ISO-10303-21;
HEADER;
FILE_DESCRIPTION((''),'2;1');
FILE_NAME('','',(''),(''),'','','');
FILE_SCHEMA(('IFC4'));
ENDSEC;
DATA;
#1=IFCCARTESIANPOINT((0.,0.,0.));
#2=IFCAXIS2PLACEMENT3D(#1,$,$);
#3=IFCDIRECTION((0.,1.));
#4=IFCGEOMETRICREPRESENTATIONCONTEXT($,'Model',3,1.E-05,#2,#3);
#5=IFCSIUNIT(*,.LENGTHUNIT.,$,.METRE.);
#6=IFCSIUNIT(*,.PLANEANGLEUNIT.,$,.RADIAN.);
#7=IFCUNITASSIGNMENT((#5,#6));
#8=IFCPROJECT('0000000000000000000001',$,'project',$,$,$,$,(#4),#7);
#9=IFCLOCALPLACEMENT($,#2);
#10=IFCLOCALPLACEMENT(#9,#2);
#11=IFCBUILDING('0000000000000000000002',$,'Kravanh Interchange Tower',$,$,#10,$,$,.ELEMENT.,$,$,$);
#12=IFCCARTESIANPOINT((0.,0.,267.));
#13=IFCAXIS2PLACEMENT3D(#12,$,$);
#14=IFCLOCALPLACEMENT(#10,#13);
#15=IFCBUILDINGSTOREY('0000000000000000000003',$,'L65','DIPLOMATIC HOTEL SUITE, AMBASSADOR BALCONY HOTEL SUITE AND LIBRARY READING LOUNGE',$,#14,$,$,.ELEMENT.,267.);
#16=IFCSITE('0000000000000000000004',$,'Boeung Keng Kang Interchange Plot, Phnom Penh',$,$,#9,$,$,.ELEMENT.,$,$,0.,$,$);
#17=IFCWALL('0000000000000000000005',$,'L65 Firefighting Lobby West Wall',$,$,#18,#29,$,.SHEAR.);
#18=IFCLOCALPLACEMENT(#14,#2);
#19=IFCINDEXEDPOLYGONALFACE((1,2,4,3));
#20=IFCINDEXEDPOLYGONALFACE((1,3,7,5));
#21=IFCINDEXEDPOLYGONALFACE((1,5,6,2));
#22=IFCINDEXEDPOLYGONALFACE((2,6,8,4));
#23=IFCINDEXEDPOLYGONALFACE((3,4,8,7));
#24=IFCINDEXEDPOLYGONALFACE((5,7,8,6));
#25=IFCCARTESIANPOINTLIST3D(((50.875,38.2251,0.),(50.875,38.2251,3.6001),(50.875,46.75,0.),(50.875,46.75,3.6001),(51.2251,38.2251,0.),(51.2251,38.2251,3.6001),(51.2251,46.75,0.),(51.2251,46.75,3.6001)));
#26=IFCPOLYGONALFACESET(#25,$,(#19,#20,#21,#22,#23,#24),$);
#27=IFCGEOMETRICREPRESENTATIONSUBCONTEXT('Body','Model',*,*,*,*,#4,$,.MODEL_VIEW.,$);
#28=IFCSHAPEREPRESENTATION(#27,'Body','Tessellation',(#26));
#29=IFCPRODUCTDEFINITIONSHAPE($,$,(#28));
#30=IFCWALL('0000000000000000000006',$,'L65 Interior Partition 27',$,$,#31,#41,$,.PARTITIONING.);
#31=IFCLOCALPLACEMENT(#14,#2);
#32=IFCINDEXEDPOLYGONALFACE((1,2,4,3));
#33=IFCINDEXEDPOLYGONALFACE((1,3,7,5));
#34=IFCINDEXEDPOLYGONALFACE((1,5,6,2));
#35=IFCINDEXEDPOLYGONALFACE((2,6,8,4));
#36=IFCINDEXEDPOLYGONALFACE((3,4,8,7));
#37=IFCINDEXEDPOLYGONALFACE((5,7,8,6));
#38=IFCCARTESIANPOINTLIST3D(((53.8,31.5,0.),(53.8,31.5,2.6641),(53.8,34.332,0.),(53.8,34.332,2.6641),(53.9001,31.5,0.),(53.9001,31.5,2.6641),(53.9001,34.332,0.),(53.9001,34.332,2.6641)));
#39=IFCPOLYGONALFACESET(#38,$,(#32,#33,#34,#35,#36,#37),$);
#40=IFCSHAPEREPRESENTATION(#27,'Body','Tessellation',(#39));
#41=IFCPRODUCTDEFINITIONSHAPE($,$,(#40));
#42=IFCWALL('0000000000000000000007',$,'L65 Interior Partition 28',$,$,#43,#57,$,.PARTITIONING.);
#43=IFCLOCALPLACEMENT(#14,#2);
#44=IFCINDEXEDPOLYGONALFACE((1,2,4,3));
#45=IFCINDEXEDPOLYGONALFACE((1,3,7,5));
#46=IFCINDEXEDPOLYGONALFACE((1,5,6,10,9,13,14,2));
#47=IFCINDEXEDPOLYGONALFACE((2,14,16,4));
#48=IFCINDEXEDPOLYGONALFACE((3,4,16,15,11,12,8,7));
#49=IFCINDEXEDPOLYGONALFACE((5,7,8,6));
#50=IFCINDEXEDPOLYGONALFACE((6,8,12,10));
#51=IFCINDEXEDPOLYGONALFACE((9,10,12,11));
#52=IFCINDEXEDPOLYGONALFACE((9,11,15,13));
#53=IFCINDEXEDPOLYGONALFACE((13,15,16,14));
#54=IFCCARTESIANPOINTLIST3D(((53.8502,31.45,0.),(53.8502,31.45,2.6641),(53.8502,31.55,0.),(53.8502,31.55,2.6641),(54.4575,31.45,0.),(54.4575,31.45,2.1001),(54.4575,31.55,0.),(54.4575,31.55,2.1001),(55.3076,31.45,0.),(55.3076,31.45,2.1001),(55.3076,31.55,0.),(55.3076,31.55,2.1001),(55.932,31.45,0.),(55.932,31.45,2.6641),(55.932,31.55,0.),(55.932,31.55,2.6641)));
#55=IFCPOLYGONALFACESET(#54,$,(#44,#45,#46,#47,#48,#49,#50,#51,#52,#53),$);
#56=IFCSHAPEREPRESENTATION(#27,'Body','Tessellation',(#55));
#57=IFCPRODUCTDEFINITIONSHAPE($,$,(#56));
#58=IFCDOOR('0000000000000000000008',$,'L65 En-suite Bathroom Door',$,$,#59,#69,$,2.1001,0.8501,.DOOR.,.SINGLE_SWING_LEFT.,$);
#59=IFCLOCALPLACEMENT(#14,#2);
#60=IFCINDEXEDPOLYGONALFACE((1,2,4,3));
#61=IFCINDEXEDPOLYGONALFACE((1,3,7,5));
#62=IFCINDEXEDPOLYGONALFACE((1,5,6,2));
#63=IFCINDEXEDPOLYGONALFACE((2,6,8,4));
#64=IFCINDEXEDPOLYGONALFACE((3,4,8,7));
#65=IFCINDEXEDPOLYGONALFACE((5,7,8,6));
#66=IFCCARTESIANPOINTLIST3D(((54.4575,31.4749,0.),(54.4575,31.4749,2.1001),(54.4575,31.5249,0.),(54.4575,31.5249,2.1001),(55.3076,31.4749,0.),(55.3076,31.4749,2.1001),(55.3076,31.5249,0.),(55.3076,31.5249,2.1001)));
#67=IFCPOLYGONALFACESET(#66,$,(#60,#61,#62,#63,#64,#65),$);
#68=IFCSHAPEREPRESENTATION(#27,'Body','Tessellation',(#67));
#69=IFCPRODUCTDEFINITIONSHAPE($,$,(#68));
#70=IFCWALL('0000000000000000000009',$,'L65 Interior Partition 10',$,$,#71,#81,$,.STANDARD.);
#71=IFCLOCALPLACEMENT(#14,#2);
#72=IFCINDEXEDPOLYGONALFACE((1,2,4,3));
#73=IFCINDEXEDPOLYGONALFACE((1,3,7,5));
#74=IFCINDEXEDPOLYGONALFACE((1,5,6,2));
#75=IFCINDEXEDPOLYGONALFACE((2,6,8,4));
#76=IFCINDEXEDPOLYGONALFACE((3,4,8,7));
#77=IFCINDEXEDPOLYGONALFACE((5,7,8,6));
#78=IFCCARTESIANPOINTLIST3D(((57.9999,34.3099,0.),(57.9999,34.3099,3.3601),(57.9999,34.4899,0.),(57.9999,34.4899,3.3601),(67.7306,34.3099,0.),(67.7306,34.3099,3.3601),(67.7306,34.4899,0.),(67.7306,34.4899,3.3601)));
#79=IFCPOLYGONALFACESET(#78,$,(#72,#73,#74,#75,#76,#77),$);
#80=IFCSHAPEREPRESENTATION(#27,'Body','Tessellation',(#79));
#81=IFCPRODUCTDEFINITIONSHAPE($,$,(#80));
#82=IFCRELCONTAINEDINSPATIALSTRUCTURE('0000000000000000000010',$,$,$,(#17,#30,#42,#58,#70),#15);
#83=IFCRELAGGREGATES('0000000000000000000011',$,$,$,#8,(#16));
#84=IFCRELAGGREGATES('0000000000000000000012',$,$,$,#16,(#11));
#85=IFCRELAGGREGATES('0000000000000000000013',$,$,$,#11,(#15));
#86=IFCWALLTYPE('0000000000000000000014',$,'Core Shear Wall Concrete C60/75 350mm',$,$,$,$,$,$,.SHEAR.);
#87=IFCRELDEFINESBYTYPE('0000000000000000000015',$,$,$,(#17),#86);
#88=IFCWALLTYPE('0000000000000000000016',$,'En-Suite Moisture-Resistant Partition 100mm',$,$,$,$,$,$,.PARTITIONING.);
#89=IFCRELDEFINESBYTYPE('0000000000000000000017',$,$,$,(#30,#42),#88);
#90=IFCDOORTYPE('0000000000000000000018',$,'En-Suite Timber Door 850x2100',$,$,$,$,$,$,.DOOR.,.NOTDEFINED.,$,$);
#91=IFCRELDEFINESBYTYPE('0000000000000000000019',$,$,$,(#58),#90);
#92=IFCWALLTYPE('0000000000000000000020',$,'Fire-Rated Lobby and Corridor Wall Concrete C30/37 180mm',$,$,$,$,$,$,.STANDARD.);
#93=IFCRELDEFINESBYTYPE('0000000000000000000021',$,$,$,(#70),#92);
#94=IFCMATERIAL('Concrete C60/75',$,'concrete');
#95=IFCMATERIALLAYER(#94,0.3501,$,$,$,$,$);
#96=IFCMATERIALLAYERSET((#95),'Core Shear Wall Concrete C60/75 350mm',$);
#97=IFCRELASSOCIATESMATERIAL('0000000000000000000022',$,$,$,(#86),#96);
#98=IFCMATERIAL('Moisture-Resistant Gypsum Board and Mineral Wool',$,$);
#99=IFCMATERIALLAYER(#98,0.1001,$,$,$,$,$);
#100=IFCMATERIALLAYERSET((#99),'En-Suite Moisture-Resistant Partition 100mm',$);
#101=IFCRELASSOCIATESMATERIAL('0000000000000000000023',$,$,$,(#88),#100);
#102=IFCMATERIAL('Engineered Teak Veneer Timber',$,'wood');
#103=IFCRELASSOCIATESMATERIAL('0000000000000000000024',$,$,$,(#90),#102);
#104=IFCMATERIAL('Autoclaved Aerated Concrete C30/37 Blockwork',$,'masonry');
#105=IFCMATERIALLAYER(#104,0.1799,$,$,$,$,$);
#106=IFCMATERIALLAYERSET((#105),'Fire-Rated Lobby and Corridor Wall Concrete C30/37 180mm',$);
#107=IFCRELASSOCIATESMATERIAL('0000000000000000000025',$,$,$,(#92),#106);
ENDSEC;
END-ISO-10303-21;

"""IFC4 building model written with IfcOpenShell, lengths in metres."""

from ifc_helpers import new_model, si_unit, direction, frame, frame_2d, origin, place, context, subcontext, project, spatial, rectangle, extrude, material, layer, layer_set, type_object, element, fill, save


model = new_model("IFC4")

# Units and contexts
model_context = context("Model", 3, precision=1e-05, world=origin(), true_north=direction((0.0, 1.0)))
body_context = subcontext(model_context, "Body", "Model", "MODEL_VIEW")
ifc_project = project(units=[si_unit("LENGTHUNIT", "METRE"), si_unit("PLANEANGLEUNIT", "RADIAN")], contexts=[model_context])

# Site, building, storey
site_placement = place(None, origin())
site = spatial("IfcSite", under=ifc_project, at=site_placement, Name="Boeung Keng Kang Interchange Plot, Phnom Penh", CompositionType="ELEMENT", RefElevation=0.0)
building_placement = place(site_placement, origin())
building = spatial("IfcBuilding", under=site, at=building_placement, Name="Kravanh Interchange Tower", CompositionType="ELEMENT")
storey_placement = place(building_placement, frame((0.0, 0.0, 267.0)))
storey = spatial("IfcBuildingStorey", under=building, at=storey_placement, Name="L65", Description="DIPLOMATIC HOTEL SUITE, AMBASSADOR BALCONY HOTEL SUITE AND LIBRARY READING LOUNGE", CompositionType="ELEMENT", Elevation=267.0)

# Shared definitions
ifc_material_1 = material(Name="Concrete C60/75", Category="concrete")
ifc_layer_1 = layer(ifc_material_1, 0.3501)
ifc_layer_set_1 = layer_set([ifc_layer_1], Name="Core Shear Wall Concrete C60/75 350mm")
wall_type_1 = type_object("IfcWallType", Name="Core Shear Wall Concrete C60/75 350mm", PredefinedType="SHEAR", material=ifc_layer_set_1)

# Wall
wall_1_placement = place(storey_placement, frame((51.05, 38.2251, 0.0), z_axis=(0.0, 0.0, 1.0), x_axis=(0.0, 1.0, 0.0)))
element("IfcWall", 1, at=wall_1_placement, inside=storey, type_object=wall_type_1, Name="L65 Firefighting Lobby West Wall", PredefinedType="SHEAR", context=body_context, shape_type="SweptSolid", body=[
    extrude(rectangle(XDim=8.5249, YDim=0.3501, at=frame_2d((4.2625, 0.0))), origin(), (0.0, 0.0, 1.0), 3.6001),
])

# Wall
ifc_material_2 = material(Name="Moisture-Resistant Gypsum Board and Mineral Wool")
ifc_layer_2 = layer(ifc_material_2, 0.1001)
ifc_layer_set_2 = layer_set([ifc_layer_2], Name="En-Suite Moisture-Resistant Partition 100mm")
wall_type_2 = type_object("IfcWallType", Name="En-Suite Moisture-Resistant Partition 100mm", PredefinedType="PARTITIONING", material=ifc_layer_set_2)
wall_2_placement = place(storey_placement, frame((53.8501, 31.5, 0.0), z_axis=(0.0, 0.0, 1.0), x_axis=(0.0, 1.0, 0.0)))
element("IfcWall", 2, at=wall_2_placement, inside=storey, type_object=wall_type_2, Name="L65 Interior Partition 27", PredefinedType="PARTITIONING", context=body_context, shape_type="SweptSolid", body=[
    extrude(rectangle(XDim=2.832, YDim=0.1001, at=frame_2d((1.416, 0.0))), origin(), (0.0, 0.0, 1.0), 2.6641),
])

# Wall, opening, door
wall_3_placement = place(storey_placement, frame((53.8501, 31.5, 0.0), z_axis=(0.0, 0.0, 1.0), x_axis=(1.0, 0.0, 0.0)))
wall_3 = element("IfcWall", 3, at=wall_3_placement, inside=storey, type_object=wall_type_2, Name="L65 Interior Partition 28", PredefinedType="PARTITIONING", context=body_context, shape_type="SweptSolid", body=[
    extrude(rectangle(XDim=2.0818, YDim=0.1001, at=frame_2d((1.041, 0.0))), origin(), (0.0, 0.0, 1.0), 2.6641),
])
opening_1_placement = place(wall_3_placement, frame((0.6074, 0.0, 0.0)))
opening_1 = element("IfcOpeningElement", 4, at=opening_1_placement, cuts=wall_3, PredefinedType="OPENING", context=body_context, shape_type="SweptSolid", body=[
    extrude(rectangle(XDim=0.8501, YDim=2.1001, at=frame_2d((0.425, 1.05))), frame((0.0, 0.0601, 0.0), z_axis=(0.0, -1.0, 0.0), x_axis=(1.0, 0.0, 0.0)), (0.0, 0.0, 1.0), 0.1201),
])
ifc_material_3 = material(Name="Engineered Teak Veneer Timber", Category="wood")
door_type_1 = type_object("IfcDoorType", Name="En-Suite Timber Door 850x2100", OperationType="NOTDEFINED", PredefinedType="DOOR", material=ifc_material_3)
door_1_placement = place(opening_1_placement, origin())
door_1 = element("IfcDoor", 5, at=door_1_placement, inside=storey, type_object=door_type_1, Name="L65 En-suite Bathroom Door", OperationType="SINGLE_SWING_LEFT", OverallHeight=2.1001, OverallWidth=0.8501, PredefinedType="DOOR", context=body_context, shape_type="SweptSolid", body=[
    extrude(rectangle(XDim=0.8501, YDim=2.1001, at=frame_2d((0.425, 1.05))), frame((0.0, 0.0249, 0.0), z_axis=(0.0, -1.0, 0.0), x_axis=(1.0, 0.0, 0.0)), (0.0, 0.0, 1.0), 0.05),
])
fill(opening_1, door_1)

# Wall
ifc_material_4 = material(Name="Autoclaved Aerated Concrete C30/37 Blockwork", Category="masonry")
ifc_layer_3 = layer(ifc_material_4, 0.1799)
ifc_layer_set_3 = layer_set([ifc_layer_3], Name="Fire-Rated Lobby and Corridor Wall Concrete C30/37 180mm")
wall_type_3 = type_object("IfcWallType", Name="Fire-Rated Lobby and Corridor Wall Concrete C30/37 180mm", PredefinedType="STANDARD", material=ifc_layer_set_3)
wall_4_placement = place(storey_placement, frame((58.0, 34.3999, 0.0), z_axis=(0.0, 0.0, 1.0), x_axis=(1.0, 0.0, 0.0)))
element("IfcWall", 6, at=wall_4_placement, inside=storey, type_object=wall_type_3, Name="L65 Interior Partition 10", PredefinedType="STANDARD", context=body_context, shape_type="SweptSolid", body=[
    extrude(rectangle(XDim=9.7307, YDim=0.1799, at=frame_2d((4.8652, 0.0))), origin(), (0.0, 0.0, 1.0), 3.3601),
])

save(model, "model.ifc")
